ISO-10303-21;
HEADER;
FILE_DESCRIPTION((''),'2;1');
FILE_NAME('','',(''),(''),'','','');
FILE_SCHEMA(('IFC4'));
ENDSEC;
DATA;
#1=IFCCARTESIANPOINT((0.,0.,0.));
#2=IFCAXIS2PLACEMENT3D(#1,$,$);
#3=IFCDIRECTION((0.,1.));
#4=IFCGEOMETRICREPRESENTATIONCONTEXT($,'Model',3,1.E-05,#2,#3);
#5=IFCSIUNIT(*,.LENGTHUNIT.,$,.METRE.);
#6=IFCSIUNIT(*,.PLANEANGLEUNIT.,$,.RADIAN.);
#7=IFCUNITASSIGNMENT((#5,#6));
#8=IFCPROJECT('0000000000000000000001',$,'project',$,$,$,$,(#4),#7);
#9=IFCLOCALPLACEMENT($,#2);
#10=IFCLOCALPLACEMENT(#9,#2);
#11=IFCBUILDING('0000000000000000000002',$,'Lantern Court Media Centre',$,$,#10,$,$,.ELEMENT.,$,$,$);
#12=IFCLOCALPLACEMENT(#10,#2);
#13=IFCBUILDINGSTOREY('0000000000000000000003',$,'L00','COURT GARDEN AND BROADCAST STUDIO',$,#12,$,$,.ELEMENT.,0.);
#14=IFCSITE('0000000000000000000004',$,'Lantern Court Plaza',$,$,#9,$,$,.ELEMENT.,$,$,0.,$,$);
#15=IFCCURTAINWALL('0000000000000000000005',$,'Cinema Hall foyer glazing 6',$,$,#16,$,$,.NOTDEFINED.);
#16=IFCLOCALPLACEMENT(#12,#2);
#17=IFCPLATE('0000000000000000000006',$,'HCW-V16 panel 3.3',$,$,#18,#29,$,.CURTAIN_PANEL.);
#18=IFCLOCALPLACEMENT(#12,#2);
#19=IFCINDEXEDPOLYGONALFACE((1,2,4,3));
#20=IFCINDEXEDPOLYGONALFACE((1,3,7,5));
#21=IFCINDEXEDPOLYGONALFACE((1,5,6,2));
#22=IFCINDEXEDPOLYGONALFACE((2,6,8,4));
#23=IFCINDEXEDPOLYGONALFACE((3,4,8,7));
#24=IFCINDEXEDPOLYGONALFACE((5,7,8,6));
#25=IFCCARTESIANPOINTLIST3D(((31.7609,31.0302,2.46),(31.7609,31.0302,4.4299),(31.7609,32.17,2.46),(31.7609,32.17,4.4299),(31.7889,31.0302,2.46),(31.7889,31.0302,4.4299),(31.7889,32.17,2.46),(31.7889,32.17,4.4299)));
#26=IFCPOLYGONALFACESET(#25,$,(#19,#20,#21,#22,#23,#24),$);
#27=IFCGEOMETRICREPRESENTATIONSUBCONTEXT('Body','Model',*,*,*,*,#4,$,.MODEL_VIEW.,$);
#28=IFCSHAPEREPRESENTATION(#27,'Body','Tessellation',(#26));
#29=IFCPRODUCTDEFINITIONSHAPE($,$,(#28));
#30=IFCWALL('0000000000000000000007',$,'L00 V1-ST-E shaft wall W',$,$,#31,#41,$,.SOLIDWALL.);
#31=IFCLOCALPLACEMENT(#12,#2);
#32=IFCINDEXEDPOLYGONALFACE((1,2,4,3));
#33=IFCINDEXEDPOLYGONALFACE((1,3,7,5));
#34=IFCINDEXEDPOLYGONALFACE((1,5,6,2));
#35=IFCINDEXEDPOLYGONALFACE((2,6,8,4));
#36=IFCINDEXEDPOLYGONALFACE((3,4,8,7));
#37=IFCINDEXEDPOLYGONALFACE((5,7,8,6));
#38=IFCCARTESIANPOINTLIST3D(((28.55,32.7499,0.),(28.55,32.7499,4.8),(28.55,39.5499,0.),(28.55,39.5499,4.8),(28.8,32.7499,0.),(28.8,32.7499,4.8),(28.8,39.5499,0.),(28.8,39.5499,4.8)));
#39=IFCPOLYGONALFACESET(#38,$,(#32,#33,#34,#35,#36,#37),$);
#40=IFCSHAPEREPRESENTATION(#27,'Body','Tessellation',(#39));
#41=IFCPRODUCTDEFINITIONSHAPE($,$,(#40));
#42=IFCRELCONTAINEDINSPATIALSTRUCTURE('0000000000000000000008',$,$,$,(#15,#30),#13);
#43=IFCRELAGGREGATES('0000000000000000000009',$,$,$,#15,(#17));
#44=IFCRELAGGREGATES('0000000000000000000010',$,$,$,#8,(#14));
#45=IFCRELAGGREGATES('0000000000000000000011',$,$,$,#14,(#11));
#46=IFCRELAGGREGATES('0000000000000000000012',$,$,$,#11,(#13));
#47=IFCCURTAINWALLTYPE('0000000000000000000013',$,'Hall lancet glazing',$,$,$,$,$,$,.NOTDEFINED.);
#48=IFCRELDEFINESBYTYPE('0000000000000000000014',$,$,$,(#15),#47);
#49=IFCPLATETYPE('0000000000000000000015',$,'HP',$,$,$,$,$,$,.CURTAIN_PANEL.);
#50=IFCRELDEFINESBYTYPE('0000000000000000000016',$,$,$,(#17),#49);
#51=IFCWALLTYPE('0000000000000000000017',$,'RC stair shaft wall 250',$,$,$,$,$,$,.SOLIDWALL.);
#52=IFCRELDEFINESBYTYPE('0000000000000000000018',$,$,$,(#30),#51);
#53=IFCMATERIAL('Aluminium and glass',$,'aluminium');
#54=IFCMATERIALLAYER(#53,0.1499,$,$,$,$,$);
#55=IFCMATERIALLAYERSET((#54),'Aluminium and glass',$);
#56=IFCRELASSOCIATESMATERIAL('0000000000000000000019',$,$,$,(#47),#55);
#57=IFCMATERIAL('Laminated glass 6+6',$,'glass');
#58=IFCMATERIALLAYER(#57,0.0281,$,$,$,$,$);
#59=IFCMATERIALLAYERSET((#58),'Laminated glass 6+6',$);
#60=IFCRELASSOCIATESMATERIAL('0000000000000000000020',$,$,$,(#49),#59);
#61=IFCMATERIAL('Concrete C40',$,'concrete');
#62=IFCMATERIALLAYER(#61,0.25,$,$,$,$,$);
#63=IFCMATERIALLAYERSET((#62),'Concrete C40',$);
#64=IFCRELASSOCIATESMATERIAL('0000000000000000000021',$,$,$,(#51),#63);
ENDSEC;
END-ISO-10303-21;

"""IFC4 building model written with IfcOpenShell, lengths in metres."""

from ifc_helpers import new_model, si_unit, direction, frame, frame_2d, origin, origin_2d, place, context, subcontext, project, spatial, rectangle, extrude, material, layer, layer_set, type_object, element, aggregate, save


model = new_model("IFC4")

# Units and contexts
model_context = context("Model", 3, precision=1e-05, world=origin(), true_north=direction((0.0, 1.0)))
body_context = subcontext(model_context, "Body", "Model", "MODEL_VIEW")
ifc_project = project(units=[si_unit("LENGTHUNIT", "METRE"), si_unit("PLANEANGLEUNIT", "RADIAN")], contexts=[model_context])

# Site, building, storey
site_placement = place(None, origin())
site = spatial("IfcSite", under=ifc_project, at=site_placement, Name="Lantern Court Plaza", CompositionType="ELEMENT", RefElevation=0.0)
building_placement = place(site_placement, origin())
building = spatial("IfcBuilding", under=site, at=building_placement, Name="Lantern Court Media Centre", CompositionType="ELEMENT")
storey_placement = place(building_placement, origin())
storey = spatial("IfcBuildingStorey", under=building, at=storey_placement, Name="L00", Description="COURT GARDEN AND BROADCAST STUDIO", CompositionType="ELEMENT", Elevation=0.0)

# Curtain wall
ifc_material_1 = material(Name="Aluminium and glass", Category="aluminium")
ifc_layer_1 = layer(ifc_material_1, 0.1499)
ifc_layer_set_1 = layer_set([ifc_layer_1], Name="Aluminium and glass")
curtain_wall_type = type_object("IfcCurtainWallType", Name="Hall lancet glazing", PredefinedType="NOTDEFINED", material=ifc_layer_set_1)
curtain_wall_placement = place(storey_placement, origin())
curtain_wall = element("IfcCurtainWall", 1, at=curtain_wall_placement, inside=storey, type_object=curtain_wall_type, Name="Cinema Hall foyer glazing 6", PredefinedType="NOTDEFINED")

# Plate
ifc_material_2 = material(Name="Laminated glass 6+6", Category="glass")
ifc_layer_2 = layer(ifc_material_2, 0.0281)
ifc_layer_set_2 = layer_set([ifc_layer_2], Name="Laminated glass 6+6")
plate_type = type_object("IfcPlateType", Name="HP", PredefinedType="CURTAIN_PANEL", material=ifc_layer_set_2)
plate_1_placement = place(storey_placement, frame((31.7749, 31.6001, 2.46), z_axis=(0.0, 0.0, 1.0), x_axis=(0.0, 1.0, 0.0)))
plate_1 = element("IfcPlate", 2, at=plate_1_placement, type_object=plate_type, Name="HCW-V16 panel 3.3", PredefinedType="CURTAIN_PANEL", context=body_context, shape_type="SweptSolid", body=[
    extrude(rectangle(XDim=1.1399, YDim=0.0281, at=origin_2d()), origin(), (0.0, 0.0, 1.0), 1.97),
])
aggregate(curtain_wall, [plate_1])

# Wall
ifc_material_3 = material(Name="Concrete C40", Category="concrete")
ifc_layer_3 = layer(ifc_material_3, 0.25)
ifc_layer_set_3 = layer_set([ifc_layer_3], Name="Concrete C40")
wall_type = type_object("IfcWallType", Name="RC stair shaft wall 250", PredefinedType="SOLIDWALL", material=ifc_layer_set_3)
wall_placement = place(storey_placement, frame((28.675, 32.75, 0.0), z_axis=(0.0, 0.0, 1.0), x_axis=(0.0, 1.0, 0.0)))
element("IfcWall", 3, at=wall_placement, inside=storey, type_object=wall_type, Name="L00 V1-ST-E shaft wall W", PredefinedType="SOLIDWALL", context=body_context, shape_type="SweptSolid", body=[
    extrude(rectangle(XDim=6.8, YDim=0.25, at=frame_2d((3.3999, 0.0))), origin(), (0.0, 0.0, 1.0), 4.8),
])

save(model, "model.ifc")
